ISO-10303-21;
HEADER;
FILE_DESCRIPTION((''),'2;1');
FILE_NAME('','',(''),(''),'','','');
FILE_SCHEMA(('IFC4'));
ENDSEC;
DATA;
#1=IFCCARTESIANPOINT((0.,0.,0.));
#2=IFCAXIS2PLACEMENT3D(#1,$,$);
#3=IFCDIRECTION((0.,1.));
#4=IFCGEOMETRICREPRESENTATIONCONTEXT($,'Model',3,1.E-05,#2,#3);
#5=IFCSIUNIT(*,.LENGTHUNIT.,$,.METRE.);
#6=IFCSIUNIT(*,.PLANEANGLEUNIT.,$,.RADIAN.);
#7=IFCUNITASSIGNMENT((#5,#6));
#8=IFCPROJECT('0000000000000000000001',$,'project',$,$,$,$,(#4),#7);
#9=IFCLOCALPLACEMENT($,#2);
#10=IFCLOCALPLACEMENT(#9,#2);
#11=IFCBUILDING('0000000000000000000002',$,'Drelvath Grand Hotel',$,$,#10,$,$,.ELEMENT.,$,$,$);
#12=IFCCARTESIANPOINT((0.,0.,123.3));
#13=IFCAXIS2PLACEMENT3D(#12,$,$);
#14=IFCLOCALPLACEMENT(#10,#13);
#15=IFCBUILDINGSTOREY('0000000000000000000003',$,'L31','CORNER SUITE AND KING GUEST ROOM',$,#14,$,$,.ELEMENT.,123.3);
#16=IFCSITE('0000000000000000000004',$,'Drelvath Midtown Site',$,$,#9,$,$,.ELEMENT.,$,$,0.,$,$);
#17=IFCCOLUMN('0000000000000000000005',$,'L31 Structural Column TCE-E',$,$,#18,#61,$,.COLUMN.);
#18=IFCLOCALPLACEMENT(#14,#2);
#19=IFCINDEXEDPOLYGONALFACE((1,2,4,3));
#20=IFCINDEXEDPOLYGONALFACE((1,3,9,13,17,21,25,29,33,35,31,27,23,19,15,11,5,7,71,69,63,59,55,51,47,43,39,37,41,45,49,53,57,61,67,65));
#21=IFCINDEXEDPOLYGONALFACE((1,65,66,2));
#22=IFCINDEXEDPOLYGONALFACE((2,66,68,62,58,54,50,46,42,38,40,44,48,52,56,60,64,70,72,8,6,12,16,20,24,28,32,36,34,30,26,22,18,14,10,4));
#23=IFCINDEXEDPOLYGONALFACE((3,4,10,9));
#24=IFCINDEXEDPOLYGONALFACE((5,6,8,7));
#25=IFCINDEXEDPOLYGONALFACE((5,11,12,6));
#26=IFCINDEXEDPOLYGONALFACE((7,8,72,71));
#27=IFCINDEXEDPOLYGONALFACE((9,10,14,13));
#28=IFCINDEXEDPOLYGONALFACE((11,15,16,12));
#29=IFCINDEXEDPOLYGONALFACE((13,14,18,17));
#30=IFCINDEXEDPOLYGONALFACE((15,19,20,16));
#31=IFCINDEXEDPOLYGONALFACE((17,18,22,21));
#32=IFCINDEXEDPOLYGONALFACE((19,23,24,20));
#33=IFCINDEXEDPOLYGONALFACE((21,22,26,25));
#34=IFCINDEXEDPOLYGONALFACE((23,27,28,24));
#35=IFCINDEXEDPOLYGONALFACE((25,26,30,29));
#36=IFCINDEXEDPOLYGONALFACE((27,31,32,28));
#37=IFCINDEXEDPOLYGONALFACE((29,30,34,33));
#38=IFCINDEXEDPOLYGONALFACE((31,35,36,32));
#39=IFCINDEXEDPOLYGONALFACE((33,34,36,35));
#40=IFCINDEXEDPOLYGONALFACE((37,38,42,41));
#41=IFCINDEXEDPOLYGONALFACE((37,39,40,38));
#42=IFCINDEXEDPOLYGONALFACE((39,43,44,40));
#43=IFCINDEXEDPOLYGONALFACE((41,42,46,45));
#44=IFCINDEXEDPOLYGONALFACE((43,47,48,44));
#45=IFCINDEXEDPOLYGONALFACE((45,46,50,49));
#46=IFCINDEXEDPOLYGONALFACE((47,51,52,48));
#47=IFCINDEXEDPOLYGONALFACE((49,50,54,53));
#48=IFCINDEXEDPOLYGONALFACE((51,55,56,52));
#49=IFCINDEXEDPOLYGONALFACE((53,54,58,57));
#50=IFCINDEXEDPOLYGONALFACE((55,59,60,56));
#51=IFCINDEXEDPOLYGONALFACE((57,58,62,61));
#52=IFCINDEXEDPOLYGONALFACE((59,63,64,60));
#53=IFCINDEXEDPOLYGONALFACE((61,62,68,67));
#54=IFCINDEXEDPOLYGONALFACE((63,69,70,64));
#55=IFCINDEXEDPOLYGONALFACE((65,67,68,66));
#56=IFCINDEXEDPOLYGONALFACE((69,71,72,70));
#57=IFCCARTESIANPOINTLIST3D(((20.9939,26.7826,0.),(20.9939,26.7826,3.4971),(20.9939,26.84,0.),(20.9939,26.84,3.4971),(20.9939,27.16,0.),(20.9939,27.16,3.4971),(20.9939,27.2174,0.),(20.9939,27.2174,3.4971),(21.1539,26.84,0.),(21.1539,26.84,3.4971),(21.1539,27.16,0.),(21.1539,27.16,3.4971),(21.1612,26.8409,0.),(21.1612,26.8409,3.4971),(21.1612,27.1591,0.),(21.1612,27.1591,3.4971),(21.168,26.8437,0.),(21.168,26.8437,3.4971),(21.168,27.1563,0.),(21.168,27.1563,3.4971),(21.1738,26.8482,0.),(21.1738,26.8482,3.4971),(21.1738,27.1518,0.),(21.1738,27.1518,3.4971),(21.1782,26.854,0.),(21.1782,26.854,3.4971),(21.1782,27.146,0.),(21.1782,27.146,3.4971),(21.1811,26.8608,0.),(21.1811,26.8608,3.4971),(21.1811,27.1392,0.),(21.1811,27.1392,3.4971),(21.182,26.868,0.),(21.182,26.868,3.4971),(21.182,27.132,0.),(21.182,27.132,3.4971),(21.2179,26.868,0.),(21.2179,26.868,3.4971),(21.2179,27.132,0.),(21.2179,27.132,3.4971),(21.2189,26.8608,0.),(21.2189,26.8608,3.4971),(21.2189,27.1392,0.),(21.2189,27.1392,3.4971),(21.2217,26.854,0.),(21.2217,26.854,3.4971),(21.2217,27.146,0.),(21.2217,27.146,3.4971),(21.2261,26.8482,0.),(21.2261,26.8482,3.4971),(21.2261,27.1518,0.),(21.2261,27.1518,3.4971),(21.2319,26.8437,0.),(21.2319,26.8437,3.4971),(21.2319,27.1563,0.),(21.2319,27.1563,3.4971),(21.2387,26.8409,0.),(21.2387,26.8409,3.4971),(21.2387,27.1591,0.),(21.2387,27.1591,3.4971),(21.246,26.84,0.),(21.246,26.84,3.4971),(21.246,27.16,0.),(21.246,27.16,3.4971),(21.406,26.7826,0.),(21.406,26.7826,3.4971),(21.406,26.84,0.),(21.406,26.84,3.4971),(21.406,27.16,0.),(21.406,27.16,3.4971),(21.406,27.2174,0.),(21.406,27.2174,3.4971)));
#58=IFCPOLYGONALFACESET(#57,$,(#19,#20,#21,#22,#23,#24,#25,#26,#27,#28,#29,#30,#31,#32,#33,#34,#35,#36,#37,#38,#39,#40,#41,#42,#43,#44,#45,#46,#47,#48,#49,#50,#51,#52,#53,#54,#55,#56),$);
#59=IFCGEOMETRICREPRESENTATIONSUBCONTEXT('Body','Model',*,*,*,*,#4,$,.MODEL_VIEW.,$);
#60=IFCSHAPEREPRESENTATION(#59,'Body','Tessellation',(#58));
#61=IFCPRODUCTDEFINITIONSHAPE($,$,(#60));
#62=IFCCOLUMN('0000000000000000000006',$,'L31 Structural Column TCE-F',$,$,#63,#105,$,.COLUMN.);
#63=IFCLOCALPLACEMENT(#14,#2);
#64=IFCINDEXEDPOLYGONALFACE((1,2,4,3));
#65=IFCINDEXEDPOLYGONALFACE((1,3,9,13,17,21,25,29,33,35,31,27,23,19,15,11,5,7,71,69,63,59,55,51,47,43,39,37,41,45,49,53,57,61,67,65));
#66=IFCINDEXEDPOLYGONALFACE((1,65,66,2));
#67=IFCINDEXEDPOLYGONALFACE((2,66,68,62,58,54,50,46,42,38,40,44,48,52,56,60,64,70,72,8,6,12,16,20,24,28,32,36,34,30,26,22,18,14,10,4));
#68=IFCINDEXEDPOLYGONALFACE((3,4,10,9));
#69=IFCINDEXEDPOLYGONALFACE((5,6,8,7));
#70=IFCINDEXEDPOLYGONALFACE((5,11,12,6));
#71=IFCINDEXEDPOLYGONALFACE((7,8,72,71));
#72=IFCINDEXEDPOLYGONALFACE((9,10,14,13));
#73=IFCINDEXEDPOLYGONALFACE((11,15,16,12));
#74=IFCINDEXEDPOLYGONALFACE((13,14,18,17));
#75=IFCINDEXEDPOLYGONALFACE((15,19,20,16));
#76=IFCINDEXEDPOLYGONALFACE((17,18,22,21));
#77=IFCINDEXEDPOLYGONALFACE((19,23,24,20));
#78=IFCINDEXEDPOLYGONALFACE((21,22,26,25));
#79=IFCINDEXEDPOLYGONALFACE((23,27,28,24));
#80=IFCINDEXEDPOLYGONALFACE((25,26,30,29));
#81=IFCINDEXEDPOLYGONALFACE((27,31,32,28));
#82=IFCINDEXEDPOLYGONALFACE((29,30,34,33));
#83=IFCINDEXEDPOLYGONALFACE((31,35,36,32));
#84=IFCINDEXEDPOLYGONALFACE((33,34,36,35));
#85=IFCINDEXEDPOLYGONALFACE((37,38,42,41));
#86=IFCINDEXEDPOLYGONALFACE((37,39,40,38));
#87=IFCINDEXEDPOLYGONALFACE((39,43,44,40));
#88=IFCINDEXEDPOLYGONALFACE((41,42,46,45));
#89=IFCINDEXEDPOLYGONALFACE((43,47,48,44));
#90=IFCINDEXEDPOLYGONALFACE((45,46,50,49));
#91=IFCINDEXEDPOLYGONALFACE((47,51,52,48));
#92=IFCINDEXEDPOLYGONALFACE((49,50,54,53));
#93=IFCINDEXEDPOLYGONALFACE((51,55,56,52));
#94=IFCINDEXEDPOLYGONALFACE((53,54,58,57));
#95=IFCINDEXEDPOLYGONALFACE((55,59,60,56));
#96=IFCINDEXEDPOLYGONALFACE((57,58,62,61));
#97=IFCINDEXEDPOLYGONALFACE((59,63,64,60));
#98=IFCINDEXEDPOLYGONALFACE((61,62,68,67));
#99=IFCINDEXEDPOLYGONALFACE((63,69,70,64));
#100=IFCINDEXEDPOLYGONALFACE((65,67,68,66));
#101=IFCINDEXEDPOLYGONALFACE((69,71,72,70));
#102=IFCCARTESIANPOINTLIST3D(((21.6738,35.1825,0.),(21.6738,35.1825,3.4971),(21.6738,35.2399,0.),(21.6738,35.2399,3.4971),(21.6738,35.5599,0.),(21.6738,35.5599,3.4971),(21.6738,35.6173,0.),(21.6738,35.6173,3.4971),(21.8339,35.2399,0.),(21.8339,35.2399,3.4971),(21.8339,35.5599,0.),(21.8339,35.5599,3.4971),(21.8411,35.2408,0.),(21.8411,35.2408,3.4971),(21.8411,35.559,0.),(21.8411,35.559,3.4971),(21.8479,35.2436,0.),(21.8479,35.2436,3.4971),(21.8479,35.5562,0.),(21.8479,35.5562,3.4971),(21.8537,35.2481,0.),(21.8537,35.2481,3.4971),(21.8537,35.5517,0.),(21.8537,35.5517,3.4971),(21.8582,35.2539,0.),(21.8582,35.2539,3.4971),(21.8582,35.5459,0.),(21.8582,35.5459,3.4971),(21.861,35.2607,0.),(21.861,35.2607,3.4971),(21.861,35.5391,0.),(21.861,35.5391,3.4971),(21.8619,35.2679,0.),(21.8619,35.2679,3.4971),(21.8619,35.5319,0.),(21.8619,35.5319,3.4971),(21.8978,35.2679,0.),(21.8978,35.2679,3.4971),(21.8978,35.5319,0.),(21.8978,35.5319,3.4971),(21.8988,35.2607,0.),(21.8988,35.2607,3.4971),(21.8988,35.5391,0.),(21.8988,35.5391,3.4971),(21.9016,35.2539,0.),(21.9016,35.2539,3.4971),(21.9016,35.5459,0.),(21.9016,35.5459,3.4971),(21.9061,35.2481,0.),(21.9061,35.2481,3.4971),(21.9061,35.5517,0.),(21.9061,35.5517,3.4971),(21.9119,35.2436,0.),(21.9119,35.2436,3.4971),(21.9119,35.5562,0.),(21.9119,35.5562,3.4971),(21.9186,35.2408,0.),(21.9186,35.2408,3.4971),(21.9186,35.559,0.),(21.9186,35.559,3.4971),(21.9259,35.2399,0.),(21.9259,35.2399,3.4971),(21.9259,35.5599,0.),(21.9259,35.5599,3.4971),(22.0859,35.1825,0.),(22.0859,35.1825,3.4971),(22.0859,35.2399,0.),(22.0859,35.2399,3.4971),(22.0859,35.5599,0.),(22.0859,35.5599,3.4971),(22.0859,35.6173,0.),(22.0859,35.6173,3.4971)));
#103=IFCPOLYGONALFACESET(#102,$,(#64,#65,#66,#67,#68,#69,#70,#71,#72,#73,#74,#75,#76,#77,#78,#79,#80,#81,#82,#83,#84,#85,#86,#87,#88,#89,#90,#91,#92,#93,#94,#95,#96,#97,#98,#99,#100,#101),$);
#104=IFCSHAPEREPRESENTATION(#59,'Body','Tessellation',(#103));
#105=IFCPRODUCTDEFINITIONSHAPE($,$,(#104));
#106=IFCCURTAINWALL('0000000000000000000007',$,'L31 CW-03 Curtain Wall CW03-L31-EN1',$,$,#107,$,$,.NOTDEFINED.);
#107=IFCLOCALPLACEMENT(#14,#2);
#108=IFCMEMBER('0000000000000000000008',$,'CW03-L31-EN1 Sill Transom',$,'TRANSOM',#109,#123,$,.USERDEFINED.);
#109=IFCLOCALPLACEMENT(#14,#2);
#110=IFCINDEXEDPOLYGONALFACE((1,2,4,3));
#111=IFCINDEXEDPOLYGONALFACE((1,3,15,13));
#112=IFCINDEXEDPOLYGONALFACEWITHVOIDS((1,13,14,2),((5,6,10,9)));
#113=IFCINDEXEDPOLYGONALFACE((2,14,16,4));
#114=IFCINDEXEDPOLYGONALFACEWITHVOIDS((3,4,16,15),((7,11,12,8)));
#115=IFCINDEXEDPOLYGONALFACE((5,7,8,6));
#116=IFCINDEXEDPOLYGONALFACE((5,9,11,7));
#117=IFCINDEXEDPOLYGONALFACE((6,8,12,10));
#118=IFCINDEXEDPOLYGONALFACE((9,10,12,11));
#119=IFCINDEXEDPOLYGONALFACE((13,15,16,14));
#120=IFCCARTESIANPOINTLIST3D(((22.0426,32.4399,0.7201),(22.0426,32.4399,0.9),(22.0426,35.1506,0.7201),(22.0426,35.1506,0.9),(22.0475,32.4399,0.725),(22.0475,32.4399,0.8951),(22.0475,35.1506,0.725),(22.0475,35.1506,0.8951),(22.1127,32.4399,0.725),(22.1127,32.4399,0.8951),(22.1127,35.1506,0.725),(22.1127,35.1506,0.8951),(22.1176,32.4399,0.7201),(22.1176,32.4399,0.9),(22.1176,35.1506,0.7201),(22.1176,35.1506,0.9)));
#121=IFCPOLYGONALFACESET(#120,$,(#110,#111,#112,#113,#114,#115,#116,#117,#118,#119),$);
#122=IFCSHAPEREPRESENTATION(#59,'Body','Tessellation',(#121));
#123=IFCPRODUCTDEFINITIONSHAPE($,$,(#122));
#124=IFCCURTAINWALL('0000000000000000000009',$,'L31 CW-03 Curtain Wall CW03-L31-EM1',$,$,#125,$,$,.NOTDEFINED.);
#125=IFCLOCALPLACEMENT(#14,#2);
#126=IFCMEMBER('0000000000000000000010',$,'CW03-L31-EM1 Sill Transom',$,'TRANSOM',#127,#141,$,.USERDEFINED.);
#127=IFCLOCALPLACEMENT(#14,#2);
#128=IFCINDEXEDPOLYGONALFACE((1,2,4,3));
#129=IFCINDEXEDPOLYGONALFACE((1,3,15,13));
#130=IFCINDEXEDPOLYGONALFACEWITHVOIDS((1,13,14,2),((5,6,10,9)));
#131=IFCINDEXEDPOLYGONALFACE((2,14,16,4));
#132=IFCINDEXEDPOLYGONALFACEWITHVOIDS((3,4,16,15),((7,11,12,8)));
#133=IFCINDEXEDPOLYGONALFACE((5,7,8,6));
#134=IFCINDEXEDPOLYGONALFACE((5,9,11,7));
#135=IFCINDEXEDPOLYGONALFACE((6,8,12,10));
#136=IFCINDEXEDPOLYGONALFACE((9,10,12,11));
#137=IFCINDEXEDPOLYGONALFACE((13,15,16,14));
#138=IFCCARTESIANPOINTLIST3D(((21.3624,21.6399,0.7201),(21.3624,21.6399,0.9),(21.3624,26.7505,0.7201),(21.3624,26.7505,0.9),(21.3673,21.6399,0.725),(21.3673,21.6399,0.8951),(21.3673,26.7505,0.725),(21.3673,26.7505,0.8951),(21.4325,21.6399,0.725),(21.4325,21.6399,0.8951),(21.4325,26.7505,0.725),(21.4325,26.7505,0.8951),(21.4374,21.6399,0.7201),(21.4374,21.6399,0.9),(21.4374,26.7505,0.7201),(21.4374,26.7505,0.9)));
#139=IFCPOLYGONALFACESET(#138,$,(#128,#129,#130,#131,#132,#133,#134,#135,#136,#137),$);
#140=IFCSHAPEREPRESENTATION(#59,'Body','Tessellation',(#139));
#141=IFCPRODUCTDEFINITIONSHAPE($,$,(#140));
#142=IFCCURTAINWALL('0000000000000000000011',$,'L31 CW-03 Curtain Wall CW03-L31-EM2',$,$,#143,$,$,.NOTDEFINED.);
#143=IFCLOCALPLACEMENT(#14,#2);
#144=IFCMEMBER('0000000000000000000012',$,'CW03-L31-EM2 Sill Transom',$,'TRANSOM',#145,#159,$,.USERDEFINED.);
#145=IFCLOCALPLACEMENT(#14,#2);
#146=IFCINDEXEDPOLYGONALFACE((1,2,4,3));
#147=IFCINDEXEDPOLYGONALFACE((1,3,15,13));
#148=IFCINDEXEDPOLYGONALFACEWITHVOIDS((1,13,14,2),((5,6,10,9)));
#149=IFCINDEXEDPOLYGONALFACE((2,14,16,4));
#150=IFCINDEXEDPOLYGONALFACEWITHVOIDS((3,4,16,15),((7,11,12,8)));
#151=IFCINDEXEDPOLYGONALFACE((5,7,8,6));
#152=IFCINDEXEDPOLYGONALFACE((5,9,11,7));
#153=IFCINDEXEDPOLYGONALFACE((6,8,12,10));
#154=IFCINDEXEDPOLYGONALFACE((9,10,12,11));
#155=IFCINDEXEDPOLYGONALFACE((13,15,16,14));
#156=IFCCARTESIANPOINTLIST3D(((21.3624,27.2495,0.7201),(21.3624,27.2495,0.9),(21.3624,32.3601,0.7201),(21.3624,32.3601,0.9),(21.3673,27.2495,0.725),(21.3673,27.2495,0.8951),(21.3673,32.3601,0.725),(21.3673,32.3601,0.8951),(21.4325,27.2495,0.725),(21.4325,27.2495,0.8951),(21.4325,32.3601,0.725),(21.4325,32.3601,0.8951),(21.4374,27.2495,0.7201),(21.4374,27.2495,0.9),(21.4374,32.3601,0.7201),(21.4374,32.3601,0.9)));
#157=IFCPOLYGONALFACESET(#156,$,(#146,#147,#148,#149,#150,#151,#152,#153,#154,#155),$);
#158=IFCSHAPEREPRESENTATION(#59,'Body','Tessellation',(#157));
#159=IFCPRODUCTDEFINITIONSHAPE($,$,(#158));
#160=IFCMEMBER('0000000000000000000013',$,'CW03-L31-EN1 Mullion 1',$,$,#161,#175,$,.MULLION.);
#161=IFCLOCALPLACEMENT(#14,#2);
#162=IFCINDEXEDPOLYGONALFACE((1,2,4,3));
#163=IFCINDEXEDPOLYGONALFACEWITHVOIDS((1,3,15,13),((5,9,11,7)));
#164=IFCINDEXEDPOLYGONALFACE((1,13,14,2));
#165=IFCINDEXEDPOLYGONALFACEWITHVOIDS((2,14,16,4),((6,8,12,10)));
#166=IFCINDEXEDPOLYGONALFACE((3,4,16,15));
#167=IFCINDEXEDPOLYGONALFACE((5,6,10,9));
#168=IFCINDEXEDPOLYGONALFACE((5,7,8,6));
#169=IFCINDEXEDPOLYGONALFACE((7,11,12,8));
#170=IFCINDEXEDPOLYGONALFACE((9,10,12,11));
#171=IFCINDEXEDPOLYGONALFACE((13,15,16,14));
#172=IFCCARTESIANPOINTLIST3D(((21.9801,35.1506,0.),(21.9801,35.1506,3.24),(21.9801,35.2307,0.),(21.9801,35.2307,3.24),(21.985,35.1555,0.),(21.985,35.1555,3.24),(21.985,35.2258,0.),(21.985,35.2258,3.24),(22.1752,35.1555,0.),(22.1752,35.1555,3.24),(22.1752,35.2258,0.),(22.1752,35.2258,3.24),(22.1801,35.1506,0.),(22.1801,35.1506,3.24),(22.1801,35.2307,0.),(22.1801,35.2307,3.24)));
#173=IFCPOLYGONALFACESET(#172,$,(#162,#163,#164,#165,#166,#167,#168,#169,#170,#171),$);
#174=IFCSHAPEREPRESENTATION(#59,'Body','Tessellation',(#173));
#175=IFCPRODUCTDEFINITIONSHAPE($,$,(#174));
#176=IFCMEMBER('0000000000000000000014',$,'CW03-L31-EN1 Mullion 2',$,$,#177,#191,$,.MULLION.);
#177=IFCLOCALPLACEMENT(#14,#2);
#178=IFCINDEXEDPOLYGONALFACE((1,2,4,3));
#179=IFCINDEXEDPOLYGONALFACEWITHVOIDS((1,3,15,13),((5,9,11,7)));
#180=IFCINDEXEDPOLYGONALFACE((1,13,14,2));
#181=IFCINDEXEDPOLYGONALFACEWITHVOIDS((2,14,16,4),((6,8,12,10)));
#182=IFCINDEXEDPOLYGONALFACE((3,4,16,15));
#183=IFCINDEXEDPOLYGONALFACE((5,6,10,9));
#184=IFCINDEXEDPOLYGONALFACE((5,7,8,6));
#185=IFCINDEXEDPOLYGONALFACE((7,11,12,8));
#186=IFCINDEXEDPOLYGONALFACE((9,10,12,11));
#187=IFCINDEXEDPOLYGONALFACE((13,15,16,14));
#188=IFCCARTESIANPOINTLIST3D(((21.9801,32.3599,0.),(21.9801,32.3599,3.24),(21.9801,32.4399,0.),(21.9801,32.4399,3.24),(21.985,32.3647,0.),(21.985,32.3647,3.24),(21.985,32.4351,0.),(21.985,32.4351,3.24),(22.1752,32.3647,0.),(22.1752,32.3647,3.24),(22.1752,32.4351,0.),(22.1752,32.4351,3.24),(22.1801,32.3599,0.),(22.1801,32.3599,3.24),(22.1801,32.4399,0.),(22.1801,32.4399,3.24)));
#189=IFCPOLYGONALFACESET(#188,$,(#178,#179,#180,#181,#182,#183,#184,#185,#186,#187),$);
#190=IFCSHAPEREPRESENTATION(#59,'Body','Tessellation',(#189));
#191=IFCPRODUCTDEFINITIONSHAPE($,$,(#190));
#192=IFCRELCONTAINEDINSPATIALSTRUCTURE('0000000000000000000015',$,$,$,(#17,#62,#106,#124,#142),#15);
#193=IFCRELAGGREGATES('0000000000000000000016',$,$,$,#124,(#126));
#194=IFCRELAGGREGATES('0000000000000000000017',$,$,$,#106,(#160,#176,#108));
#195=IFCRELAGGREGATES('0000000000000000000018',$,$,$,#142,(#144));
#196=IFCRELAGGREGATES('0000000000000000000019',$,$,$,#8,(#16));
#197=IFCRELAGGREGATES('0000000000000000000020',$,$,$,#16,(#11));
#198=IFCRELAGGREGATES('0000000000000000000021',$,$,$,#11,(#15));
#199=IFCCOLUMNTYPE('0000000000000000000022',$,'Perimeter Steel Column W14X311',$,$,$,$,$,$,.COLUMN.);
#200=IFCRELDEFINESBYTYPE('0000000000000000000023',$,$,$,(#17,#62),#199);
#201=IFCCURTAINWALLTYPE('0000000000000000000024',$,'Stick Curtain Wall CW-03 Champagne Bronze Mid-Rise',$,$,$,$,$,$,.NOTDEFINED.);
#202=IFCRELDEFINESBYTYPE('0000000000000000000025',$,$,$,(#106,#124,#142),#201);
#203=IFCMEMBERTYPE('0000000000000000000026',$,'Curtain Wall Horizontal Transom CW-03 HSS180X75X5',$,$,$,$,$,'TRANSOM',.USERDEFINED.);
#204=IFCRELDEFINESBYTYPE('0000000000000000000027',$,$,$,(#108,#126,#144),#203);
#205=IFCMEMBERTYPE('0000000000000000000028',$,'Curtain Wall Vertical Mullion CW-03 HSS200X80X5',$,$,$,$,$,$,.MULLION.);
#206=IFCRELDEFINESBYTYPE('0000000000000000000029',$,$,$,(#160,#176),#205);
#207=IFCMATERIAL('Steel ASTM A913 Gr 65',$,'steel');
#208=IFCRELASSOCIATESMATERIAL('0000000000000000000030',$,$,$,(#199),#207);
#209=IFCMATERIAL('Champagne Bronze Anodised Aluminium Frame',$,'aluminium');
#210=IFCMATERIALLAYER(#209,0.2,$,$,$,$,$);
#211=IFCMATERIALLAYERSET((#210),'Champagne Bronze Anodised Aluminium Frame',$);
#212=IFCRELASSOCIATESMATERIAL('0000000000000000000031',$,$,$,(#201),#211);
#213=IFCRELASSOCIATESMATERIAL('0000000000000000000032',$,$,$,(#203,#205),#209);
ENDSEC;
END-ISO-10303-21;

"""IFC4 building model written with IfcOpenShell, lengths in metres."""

from ifc_helpers import new_model, si_unit, direction, frame, origin, origin_2d, place, context, subcontext, project, spatial, hollow_rectangle, i_section, extrude, material, layer, layer_set, material_profile, profile_set, type_object, element, aggregate, save


model = new_model("IFC4")

# Units and contexts
model_context = context("Model", 3, precision=1e-05, world=origin(), true_north=direction((0.0, 1.0)))
body_context = subcontext(model_context, "Body", "Model", "MODEL_VIEW")
ifc_project = project(units=[si_unit("LENGTHUNIT", "METRE"), si_unit("PLANEANGLEUNIT", "RADIAN")], contexts=[model_context])

# Site, building, storey
site_placement = place(None, origin())
site = spatial("IfcSite", under=ifc_project, at=site_placement, Name="Drelvath Midtown Site", CompositionType="ELEMENT", RefElevation=0.0)
building_placement = place(site_placement, origin())
building = spatial("IfcBuilding", under=site, at=building_placement, Name="Drelvath Grand Hotel", CompositionType="ELEMENT")
storey_placement = place(building_placement, frame((0.0, 0.0, 123.3)))
storey = spatial("IfcBuildingStorey", under=building, at=storey_placement, Name="L31", Description="CORNER SUITE AND KING GUEST ROOM", CompositionType="ELEMENT", Elevation=123.3)

# Columns
ifc_material_1 = material(Name="Steel ASTM A913 Gr 65", Category="steel")
ifc_material_profile_1 = material_profile(ifc_material_1, i_section(OverallWidth=0.4121, OverallDepth=0.4348, WebThickness=0.0359, FlangeThickness=0.0574, FilletRadius=0.0281, at=origin_2d()), Name="W14X311")
ifc_profile_set_1 = profile_set([ifc_material_profile_1], Name="Steel ASTM A913 Gr 65")
column_type = type_object("IfcColumnType", Name="Perimeter Steel Column W14X311", PredefinedType="COLUMN", material=ifc_profile_set_1)
for number, where, z_axis, x_axis, name in (
    (1, (21.2, 27.0, 0.0), (0.0, 0.0, 1.0), (1.0, 0.0, 0.0), "L31 Structural Column TCE-E"),
    (2, (21.8799, 35.3999, 0.0), (0.0, 0.0, 1.0), (1.0, 0.0, 0.0), "L31 Structural Column TCE-F"),
):
    element("IfcColumn", number, at=place(storey_placement, frame(where, z_axis=z_axis, x_axis=x_axis)), inside=storey, type_object=column_type, Name=name, PredefinedType="COLUMN", context=body_context, shape_type="SweptSolid", body=[
        extrude(i_section(OverallWidth=0.4121, OverallDepth=0.4348, WebThickness=0.0359, FlangeThickness=0.0574, FilletRadius=0.0281, at=origin_2d()), origin(), (0.0, 0.0, 1.0), 3.4971),
    ])

# Curtain walls, members
ifc_material_2 = material(Name="Champagne Bronze Anodised Aluminium Frame", Category="aluminium")
ifc_layer_1 = layer(ifc_material_2, 0.2)
ifc_layer_set_1 = layer_set([ifc_layer_1], Name="Champagne Bronze Anodised Aluminium Frame")
curtain_wall_type = type_object("IfcCurtainWallType", Name="Stick Curtain Wall CW-03 Champagne Bronze Mid-Rise", PredefinedType="NOTDEFINED", material=ifc_layer_set_1)
curtain_wall_1_placement = place(storey_placement, origin())
curtain_wall_1 = element("IfcCurtainWall", 3, at=curtain_wall_1_placement, inside=storey, type_object=curtain_wall_type, Name="L31 CW-03 Curtain Wall CW03-L31-EN1", PredefinedType="NOTDEFINED")
ifc_material_profile_2 = material_profile(ifc_material_2, hollow_rectangle(XDim=0.075, YDim=0.1799, WallThickness=0.0049, at=origin_2d()), Name="HSS180X75X5")
ifc_profile_set_2 = profile_set([ifc_material_profile_2], Name="Champagne Bronze Anodised Aluminium Frame")
member_type_1 = type_object("IfcMemberType", Name="Curtain Wall Horizontal Transom CW-03 HSS180X75X5", ElementType="TRANSOM", PredefinedType="USERDEFINED", material=ifc_profile_set_2)
member_1_placement = place(storey_placement, frame((22.0801, 35.1506, 0.8101), z_axis=(0.0, -1.0, 0.0), x_axis=(1.0, 0.0, 0.0)))
member_1 = element("IfcMember", 4, at=member_1_placement, type_object=member_type_1, Name="CW03-L31-EN1 Sill Transom", ObjectType="TRANSOM", PredefinedType="USERDEFINED", context=body_context, shape_type="SweptSolid", body=[
    extrude(hollow_rectangle(XDim=0.075, YDim=0.1799, WallThickness=0.0049, at=origin_2d()), origin(), (0.0, 0.0, 1.0), 2.7107),
])
curtain_wall_2_placement = place(storey_placement, origin())
curtain_wall_2 = element("IfcCurtainWall", 5, at=curtain_wall_2_placement, inside=storey, type_object=curtain_wall_type, Name="L31 CW-03 Curtain Wall CW03-L31-EM1", PredefinedType="NOTDEFINED")
member_2_placement = place(storey_placement, frame((21.3999, 26.7505, 0.8101), z_axis=(0.0, -1.0, 0.0), x_axis=(1.0, 0.0, 0.0)))
member_2 = element("IfcMember", 6, at=member_2_placement, type_object=member_type_1, Name="CW03-L31-EM1 Sill Transom", ObjectType="TRANSOM", PredefinedType="USERDEFINED", context=body_context, shape_type="SweptSolid", body=[
    extrude(hollow_rectangle(XDim=0.075, YDim=0.1799, WallThickness=0.0049, at=origin_2d()), origin(), (0.0, 0.0, 1.0), 5.1106),
])
curtain_wall_3_placement = place(storey_placement, origin())
curtain_wall_3 = element("IfcCurtainWall", 7, at=curtain_wall_3_placement, inside=storey, type_object=curtain_wall_type, Name="L31 CW-03 Curtain Wall CW03-L31-EM2", PredefinedType="NOTDEFINED")
member_3_placement = place(storey_placement, frame((21.3999, 32.3601, 0.8101), z_axis=(0.0, -1.0, 0.0), x_axis=(1.0, 0.0, 0.0)))
member_3 = element("IfcMember", 8, at=member_3_placement, type_object=member_type_1, Name="CW03-L31-EM2 Sill Transom", ObjectType="TRANSOM", PredefinedType="USERDEFINED", context=body_context, shape_type="SweptSolid", body=[
    extrude(hollow_rectangle(XDim=0.075, YDim=0.1799, WallThickness=0.0049, at=origin_2d()), origin(), (0.0, 0.0, 1.0), 5.1106),
])

# Members
ifc_material_profile_3 = material_profile(ifc_material_2, hollow_rectangle(XDim=0.0801, YDim=0.2, WallThickness=0.0049, at=origin_2d()), Name="HSS200X80X5")
ifc_profile_set_3 = profile_set([ifc_material_profile_3], Name="Champagne Bronze Anodised Aluminium Frame")
member_type_2 = type_object("IfcMemberType", Name="Curtain Wall Vertical Mullion CW-03 HSS200X80X5", PredefinedType="MULLION", material=ifc_profile_set_3)
member_4_placement = place(storey_placement, frame((22.0801, 35.1907, 0.0), z_axis=(0.0, 0.0, 1.0), x_axis=(0.0, 1.0, 0.0)))
member_4 = element("IfcMember", 9, at=member_4_placement, type_object=member_type_2, Name="CW03-L31-EN1 Mullion 1", PredefinedType="MULLION", context=body_context, shape_type="SweptSolid", body=[
    extrude(hollow_rectangle(XDim=0.0801, YDim=0.2, WallThickness=0.0049, at=origin_2d()), origin(), (0.0, 0.0, 1.0), 3.24),
])
member_5_placement = place(storey_placement, frame((22.0801, 32.3999, 0.0), z_axis=(0.0, 0.0, 1.0), x_axis=(0.0, 1.0, 0.0)))
member_5 = element("IfcMember", 10, at=member_5_placement, type_object=member_type_2, Name="CW03-L31-EN1 Mullion 2", PredefinedType="MULLION", context=body_context, shape_type="SweptSolid", body=[
    extrude(hollow_rectangle(XDim=0.0801, YDim=0.2, WallThickness=0.0049, at=origin_2d()), origin(), (0.0, 0.0, 1.0), 3.24),
])

aggregate(curtain_wall_2, [member_2])

aggregate(curtain_wall_1, [member_4, member_5, member_1])
aggregate(curtain_wall_3, [member_3])

save(model, "model.ifc")
